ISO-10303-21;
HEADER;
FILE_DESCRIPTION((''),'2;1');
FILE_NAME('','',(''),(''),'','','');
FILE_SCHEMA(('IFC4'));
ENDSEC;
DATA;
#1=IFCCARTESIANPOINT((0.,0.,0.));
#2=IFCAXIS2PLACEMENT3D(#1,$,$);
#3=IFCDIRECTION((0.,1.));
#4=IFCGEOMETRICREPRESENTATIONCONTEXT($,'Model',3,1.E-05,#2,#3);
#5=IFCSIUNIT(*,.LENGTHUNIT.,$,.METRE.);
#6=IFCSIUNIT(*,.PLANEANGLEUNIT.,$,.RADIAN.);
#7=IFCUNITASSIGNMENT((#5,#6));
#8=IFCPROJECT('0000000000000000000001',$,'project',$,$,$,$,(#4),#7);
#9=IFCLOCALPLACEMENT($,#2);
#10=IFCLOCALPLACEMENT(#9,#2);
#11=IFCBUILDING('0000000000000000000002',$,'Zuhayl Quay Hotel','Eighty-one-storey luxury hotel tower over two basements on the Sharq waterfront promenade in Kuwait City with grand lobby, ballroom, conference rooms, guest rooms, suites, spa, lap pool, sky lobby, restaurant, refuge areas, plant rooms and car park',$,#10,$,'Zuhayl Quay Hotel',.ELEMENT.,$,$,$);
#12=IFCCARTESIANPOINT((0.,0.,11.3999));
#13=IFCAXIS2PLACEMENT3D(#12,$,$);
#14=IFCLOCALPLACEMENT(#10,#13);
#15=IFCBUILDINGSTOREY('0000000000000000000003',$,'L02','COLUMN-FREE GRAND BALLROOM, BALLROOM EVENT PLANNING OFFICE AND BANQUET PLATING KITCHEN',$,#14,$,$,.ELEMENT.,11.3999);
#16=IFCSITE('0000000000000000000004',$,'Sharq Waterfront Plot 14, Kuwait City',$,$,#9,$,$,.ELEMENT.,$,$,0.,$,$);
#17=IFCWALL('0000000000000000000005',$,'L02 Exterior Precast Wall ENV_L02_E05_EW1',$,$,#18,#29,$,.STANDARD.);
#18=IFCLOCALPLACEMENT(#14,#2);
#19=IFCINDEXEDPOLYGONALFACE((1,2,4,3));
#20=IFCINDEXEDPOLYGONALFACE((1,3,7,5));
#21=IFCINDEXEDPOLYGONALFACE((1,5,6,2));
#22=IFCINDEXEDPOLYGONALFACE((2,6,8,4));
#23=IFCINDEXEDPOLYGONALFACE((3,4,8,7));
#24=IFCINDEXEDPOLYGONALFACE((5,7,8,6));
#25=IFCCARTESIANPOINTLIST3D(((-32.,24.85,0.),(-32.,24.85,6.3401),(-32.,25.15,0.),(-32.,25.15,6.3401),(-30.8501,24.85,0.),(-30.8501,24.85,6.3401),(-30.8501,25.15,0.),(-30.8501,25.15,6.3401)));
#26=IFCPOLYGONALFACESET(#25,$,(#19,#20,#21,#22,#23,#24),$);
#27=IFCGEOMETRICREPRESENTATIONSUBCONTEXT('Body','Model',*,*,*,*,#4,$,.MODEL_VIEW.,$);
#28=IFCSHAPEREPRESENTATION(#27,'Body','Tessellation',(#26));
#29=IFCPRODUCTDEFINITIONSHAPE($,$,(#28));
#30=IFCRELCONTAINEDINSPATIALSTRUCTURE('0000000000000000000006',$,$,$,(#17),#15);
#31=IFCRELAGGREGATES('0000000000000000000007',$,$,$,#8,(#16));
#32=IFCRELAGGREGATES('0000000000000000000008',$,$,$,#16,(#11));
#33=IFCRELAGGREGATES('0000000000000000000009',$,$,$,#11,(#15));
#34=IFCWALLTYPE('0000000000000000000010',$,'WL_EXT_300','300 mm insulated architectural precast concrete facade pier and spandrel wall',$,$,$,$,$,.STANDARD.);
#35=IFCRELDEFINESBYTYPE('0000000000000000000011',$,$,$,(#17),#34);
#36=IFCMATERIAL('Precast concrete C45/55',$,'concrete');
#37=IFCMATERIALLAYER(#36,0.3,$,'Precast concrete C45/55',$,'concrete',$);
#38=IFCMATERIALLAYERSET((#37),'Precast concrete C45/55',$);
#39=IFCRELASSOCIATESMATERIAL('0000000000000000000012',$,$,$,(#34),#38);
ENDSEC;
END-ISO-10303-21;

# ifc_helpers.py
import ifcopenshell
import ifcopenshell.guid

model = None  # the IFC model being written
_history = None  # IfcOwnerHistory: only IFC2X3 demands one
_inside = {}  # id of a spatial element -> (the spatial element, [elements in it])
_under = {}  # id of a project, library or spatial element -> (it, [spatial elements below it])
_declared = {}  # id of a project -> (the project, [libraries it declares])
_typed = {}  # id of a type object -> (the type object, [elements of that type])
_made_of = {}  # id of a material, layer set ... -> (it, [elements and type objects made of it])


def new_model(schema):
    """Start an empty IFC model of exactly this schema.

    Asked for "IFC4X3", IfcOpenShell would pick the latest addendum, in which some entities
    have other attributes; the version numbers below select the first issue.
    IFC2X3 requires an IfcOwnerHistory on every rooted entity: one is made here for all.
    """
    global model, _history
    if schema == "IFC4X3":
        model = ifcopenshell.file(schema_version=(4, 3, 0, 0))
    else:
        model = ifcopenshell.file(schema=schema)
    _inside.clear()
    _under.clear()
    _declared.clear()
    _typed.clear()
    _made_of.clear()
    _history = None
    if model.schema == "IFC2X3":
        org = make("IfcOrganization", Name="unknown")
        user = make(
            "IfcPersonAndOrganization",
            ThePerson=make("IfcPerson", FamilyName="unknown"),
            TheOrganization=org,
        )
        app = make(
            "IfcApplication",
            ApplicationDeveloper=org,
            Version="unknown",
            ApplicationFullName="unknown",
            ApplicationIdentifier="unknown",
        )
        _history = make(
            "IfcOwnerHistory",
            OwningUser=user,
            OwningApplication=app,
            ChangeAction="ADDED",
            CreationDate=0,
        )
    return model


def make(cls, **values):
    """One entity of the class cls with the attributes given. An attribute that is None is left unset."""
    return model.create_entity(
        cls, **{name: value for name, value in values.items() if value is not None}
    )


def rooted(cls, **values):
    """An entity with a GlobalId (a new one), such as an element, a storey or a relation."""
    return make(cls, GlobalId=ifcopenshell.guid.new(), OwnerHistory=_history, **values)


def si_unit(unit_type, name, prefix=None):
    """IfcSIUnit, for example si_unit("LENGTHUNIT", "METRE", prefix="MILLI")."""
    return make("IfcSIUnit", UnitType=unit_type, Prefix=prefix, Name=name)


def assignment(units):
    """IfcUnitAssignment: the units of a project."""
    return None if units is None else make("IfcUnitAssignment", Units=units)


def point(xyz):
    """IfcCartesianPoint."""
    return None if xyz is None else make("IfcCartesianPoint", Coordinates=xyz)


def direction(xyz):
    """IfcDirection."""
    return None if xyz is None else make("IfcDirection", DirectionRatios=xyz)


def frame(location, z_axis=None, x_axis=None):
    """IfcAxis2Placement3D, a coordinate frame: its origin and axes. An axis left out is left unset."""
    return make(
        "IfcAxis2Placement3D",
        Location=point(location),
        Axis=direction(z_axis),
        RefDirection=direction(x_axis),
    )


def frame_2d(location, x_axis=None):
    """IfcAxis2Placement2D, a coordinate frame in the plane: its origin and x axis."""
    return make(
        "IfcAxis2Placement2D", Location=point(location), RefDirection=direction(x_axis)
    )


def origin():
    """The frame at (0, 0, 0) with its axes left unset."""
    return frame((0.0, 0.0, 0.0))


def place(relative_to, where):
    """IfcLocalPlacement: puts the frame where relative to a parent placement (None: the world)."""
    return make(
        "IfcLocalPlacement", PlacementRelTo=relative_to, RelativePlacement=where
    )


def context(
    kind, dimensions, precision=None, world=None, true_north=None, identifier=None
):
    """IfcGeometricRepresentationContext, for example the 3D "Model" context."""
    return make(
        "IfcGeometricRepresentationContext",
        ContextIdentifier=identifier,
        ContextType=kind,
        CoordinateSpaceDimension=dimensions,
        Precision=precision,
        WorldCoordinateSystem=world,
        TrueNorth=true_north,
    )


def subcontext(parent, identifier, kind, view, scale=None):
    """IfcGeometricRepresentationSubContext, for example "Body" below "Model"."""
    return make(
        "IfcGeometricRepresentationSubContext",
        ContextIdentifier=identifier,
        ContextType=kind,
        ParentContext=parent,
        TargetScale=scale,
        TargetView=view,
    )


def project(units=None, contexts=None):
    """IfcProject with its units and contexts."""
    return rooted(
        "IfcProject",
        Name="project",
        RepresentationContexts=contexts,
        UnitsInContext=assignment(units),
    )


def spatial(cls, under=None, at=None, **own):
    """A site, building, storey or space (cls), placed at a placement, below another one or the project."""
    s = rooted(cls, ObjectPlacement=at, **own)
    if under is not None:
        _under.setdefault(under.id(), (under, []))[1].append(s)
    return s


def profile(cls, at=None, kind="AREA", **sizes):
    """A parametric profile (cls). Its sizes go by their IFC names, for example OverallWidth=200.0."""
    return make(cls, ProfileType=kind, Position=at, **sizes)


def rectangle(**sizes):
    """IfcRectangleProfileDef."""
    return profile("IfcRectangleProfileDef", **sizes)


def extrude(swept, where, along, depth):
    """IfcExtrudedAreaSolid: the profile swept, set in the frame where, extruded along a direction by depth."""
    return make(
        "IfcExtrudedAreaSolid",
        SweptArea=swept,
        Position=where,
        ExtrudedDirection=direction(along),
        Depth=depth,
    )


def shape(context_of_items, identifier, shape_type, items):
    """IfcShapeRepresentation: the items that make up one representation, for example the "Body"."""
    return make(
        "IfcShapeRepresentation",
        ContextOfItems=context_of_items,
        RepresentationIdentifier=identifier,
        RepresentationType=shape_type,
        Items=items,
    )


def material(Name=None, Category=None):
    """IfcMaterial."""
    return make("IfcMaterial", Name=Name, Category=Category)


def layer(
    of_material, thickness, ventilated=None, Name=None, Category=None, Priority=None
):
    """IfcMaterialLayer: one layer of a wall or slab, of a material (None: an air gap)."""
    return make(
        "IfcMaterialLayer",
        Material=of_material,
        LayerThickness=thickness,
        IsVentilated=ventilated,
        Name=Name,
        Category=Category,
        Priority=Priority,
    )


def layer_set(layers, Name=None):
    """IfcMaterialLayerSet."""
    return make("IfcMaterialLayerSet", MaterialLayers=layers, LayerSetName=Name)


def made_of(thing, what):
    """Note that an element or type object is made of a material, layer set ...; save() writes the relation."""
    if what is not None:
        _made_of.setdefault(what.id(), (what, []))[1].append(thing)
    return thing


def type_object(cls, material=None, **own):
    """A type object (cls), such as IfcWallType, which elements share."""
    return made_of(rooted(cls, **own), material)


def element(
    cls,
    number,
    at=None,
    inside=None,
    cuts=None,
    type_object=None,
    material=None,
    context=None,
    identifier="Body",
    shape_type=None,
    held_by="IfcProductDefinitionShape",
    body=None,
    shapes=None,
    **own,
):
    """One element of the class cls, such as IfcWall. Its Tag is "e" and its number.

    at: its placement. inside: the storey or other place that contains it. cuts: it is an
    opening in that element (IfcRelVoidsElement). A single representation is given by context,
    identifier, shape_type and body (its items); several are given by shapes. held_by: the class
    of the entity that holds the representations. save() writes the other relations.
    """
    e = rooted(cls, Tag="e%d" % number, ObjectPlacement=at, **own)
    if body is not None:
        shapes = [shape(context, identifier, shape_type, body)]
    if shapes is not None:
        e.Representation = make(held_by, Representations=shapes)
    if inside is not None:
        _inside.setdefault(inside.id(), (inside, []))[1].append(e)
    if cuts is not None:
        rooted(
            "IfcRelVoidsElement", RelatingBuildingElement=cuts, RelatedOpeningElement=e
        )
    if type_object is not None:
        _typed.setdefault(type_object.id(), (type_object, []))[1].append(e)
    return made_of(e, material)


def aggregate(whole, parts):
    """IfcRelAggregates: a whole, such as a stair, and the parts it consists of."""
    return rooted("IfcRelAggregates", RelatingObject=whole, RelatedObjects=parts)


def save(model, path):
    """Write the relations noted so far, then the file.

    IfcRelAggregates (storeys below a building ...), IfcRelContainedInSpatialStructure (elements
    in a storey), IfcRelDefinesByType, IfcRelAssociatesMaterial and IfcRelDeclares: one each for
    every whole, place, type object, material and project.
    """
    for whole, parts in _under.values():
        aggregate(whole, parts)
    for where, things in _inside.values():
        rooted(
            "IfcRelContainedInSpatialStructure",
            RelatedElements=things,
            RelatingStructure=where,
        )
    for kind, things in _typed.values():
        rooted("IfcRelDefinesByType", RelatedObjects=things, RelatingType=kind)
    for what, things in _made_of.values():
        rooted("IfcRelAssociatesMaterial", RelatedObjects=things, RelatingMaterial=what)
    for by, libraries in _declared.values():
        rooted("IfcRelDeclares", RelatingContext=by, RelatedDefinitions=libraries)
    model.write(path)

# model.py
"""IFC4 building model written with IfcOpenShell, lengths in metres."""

from ifc_helpers import new_model, si_unit, direction, frame, frame_2d, origin, place, context, subcontext, project, spatial, rectangle, extrude, material, layer, layer_set, type_object, element, save


model = new_model("IFC4")

# Units and contexts
model_context = context("Model", 3, precision=1e-05, world=origin(), true_north=direction((0.0, 1.0)))
body_context = subcontext(model_context, "Body", "Model", "MODEL_VIEW")
ifc_project = project(units=[si_unit("LENGTHUNIT", "METRE"), si_unit("PLANEANGLEUNIT", "RADIAN")], contexts=[model_context])

# Site, building, storey
site_placement = place(None, origin())
site = spatial("IfcSite", under=ifc_project, at=site_placement, Name="Sharq Waterfront Plot 14, Kuwait City", CompositionType="ELEMENT", RefElevation=0.0)
building_placement = place(site_placement, origin())
building = spatial("IfcBuilding", under=site, at=building_placement, Name="Zuhayl Quay Hotel", Description="Eighty-one-storey luxury hotel tower over two basements on the Sharq waterfront promenade in Kuwait City with grand lobby, ballroom, conference rooms, guest rooms, suites, spa, lap pool, sky lobby, restaurant, refuge areas, plant rooms and car park", LongName="Zuhayl Quay Hotel", CompositionType="ELEMENT")
storey_placement = place(building_placement, frame((0.0, 0.0, 11.3999)))
storey = spatial("IfcBuildingStorey", under=building, at=storey_placement, Name="L02", Description="COLUMN-FREE GRAND BALLROOM, BALLROOM EVENT PLANNING OFFICE AND BANQUET PLATING KITCHEN", CompositionType="ELEMENT", Elevation=11.3999)

# Wall
ifc_material_1 = material(Name="Precast concrete C45/55", Category="concrete")
ifc_layer_1 = layer(ifc_material_1, 0.3, Name="Precast concrete C45/55", Category="concrete")
ifc_layer_set_1 = layer_set([ifc_layer_1], Name="Precast concrete C45/55")
wall_type = type_object("IfcWallType", Name="WL_EXT_300", Description="300 mm insulated architectural precast concrete facade pier and spandrel wall", PredefinedType="STANDARD", material=ifc_layer_set_1)
wall_1_placement = place(storey_placement, frame((-32.0, 25.0, 0.0), z_axis=(0.0, 0.0, 1.0), x_axis=(1.0, 0.0, 0.0)))
element("IfcWall", 1, at=wall_1_placement, inside=storey, type_object=wall_type, Name="L02 Exterior Precast Wall ENV_L02_E05_EW1", PredefinedType="STANDARD", context=body_context, shape_type="SweptSolid", body=[
    extrude(rectangle(XDim=1.1499, YDim=0.3, at=frame_2d((0.575, 0.0))), origin(), (0.0, 0.0, 1.0), 6.3401),
])

save(model, "model.ifc")
